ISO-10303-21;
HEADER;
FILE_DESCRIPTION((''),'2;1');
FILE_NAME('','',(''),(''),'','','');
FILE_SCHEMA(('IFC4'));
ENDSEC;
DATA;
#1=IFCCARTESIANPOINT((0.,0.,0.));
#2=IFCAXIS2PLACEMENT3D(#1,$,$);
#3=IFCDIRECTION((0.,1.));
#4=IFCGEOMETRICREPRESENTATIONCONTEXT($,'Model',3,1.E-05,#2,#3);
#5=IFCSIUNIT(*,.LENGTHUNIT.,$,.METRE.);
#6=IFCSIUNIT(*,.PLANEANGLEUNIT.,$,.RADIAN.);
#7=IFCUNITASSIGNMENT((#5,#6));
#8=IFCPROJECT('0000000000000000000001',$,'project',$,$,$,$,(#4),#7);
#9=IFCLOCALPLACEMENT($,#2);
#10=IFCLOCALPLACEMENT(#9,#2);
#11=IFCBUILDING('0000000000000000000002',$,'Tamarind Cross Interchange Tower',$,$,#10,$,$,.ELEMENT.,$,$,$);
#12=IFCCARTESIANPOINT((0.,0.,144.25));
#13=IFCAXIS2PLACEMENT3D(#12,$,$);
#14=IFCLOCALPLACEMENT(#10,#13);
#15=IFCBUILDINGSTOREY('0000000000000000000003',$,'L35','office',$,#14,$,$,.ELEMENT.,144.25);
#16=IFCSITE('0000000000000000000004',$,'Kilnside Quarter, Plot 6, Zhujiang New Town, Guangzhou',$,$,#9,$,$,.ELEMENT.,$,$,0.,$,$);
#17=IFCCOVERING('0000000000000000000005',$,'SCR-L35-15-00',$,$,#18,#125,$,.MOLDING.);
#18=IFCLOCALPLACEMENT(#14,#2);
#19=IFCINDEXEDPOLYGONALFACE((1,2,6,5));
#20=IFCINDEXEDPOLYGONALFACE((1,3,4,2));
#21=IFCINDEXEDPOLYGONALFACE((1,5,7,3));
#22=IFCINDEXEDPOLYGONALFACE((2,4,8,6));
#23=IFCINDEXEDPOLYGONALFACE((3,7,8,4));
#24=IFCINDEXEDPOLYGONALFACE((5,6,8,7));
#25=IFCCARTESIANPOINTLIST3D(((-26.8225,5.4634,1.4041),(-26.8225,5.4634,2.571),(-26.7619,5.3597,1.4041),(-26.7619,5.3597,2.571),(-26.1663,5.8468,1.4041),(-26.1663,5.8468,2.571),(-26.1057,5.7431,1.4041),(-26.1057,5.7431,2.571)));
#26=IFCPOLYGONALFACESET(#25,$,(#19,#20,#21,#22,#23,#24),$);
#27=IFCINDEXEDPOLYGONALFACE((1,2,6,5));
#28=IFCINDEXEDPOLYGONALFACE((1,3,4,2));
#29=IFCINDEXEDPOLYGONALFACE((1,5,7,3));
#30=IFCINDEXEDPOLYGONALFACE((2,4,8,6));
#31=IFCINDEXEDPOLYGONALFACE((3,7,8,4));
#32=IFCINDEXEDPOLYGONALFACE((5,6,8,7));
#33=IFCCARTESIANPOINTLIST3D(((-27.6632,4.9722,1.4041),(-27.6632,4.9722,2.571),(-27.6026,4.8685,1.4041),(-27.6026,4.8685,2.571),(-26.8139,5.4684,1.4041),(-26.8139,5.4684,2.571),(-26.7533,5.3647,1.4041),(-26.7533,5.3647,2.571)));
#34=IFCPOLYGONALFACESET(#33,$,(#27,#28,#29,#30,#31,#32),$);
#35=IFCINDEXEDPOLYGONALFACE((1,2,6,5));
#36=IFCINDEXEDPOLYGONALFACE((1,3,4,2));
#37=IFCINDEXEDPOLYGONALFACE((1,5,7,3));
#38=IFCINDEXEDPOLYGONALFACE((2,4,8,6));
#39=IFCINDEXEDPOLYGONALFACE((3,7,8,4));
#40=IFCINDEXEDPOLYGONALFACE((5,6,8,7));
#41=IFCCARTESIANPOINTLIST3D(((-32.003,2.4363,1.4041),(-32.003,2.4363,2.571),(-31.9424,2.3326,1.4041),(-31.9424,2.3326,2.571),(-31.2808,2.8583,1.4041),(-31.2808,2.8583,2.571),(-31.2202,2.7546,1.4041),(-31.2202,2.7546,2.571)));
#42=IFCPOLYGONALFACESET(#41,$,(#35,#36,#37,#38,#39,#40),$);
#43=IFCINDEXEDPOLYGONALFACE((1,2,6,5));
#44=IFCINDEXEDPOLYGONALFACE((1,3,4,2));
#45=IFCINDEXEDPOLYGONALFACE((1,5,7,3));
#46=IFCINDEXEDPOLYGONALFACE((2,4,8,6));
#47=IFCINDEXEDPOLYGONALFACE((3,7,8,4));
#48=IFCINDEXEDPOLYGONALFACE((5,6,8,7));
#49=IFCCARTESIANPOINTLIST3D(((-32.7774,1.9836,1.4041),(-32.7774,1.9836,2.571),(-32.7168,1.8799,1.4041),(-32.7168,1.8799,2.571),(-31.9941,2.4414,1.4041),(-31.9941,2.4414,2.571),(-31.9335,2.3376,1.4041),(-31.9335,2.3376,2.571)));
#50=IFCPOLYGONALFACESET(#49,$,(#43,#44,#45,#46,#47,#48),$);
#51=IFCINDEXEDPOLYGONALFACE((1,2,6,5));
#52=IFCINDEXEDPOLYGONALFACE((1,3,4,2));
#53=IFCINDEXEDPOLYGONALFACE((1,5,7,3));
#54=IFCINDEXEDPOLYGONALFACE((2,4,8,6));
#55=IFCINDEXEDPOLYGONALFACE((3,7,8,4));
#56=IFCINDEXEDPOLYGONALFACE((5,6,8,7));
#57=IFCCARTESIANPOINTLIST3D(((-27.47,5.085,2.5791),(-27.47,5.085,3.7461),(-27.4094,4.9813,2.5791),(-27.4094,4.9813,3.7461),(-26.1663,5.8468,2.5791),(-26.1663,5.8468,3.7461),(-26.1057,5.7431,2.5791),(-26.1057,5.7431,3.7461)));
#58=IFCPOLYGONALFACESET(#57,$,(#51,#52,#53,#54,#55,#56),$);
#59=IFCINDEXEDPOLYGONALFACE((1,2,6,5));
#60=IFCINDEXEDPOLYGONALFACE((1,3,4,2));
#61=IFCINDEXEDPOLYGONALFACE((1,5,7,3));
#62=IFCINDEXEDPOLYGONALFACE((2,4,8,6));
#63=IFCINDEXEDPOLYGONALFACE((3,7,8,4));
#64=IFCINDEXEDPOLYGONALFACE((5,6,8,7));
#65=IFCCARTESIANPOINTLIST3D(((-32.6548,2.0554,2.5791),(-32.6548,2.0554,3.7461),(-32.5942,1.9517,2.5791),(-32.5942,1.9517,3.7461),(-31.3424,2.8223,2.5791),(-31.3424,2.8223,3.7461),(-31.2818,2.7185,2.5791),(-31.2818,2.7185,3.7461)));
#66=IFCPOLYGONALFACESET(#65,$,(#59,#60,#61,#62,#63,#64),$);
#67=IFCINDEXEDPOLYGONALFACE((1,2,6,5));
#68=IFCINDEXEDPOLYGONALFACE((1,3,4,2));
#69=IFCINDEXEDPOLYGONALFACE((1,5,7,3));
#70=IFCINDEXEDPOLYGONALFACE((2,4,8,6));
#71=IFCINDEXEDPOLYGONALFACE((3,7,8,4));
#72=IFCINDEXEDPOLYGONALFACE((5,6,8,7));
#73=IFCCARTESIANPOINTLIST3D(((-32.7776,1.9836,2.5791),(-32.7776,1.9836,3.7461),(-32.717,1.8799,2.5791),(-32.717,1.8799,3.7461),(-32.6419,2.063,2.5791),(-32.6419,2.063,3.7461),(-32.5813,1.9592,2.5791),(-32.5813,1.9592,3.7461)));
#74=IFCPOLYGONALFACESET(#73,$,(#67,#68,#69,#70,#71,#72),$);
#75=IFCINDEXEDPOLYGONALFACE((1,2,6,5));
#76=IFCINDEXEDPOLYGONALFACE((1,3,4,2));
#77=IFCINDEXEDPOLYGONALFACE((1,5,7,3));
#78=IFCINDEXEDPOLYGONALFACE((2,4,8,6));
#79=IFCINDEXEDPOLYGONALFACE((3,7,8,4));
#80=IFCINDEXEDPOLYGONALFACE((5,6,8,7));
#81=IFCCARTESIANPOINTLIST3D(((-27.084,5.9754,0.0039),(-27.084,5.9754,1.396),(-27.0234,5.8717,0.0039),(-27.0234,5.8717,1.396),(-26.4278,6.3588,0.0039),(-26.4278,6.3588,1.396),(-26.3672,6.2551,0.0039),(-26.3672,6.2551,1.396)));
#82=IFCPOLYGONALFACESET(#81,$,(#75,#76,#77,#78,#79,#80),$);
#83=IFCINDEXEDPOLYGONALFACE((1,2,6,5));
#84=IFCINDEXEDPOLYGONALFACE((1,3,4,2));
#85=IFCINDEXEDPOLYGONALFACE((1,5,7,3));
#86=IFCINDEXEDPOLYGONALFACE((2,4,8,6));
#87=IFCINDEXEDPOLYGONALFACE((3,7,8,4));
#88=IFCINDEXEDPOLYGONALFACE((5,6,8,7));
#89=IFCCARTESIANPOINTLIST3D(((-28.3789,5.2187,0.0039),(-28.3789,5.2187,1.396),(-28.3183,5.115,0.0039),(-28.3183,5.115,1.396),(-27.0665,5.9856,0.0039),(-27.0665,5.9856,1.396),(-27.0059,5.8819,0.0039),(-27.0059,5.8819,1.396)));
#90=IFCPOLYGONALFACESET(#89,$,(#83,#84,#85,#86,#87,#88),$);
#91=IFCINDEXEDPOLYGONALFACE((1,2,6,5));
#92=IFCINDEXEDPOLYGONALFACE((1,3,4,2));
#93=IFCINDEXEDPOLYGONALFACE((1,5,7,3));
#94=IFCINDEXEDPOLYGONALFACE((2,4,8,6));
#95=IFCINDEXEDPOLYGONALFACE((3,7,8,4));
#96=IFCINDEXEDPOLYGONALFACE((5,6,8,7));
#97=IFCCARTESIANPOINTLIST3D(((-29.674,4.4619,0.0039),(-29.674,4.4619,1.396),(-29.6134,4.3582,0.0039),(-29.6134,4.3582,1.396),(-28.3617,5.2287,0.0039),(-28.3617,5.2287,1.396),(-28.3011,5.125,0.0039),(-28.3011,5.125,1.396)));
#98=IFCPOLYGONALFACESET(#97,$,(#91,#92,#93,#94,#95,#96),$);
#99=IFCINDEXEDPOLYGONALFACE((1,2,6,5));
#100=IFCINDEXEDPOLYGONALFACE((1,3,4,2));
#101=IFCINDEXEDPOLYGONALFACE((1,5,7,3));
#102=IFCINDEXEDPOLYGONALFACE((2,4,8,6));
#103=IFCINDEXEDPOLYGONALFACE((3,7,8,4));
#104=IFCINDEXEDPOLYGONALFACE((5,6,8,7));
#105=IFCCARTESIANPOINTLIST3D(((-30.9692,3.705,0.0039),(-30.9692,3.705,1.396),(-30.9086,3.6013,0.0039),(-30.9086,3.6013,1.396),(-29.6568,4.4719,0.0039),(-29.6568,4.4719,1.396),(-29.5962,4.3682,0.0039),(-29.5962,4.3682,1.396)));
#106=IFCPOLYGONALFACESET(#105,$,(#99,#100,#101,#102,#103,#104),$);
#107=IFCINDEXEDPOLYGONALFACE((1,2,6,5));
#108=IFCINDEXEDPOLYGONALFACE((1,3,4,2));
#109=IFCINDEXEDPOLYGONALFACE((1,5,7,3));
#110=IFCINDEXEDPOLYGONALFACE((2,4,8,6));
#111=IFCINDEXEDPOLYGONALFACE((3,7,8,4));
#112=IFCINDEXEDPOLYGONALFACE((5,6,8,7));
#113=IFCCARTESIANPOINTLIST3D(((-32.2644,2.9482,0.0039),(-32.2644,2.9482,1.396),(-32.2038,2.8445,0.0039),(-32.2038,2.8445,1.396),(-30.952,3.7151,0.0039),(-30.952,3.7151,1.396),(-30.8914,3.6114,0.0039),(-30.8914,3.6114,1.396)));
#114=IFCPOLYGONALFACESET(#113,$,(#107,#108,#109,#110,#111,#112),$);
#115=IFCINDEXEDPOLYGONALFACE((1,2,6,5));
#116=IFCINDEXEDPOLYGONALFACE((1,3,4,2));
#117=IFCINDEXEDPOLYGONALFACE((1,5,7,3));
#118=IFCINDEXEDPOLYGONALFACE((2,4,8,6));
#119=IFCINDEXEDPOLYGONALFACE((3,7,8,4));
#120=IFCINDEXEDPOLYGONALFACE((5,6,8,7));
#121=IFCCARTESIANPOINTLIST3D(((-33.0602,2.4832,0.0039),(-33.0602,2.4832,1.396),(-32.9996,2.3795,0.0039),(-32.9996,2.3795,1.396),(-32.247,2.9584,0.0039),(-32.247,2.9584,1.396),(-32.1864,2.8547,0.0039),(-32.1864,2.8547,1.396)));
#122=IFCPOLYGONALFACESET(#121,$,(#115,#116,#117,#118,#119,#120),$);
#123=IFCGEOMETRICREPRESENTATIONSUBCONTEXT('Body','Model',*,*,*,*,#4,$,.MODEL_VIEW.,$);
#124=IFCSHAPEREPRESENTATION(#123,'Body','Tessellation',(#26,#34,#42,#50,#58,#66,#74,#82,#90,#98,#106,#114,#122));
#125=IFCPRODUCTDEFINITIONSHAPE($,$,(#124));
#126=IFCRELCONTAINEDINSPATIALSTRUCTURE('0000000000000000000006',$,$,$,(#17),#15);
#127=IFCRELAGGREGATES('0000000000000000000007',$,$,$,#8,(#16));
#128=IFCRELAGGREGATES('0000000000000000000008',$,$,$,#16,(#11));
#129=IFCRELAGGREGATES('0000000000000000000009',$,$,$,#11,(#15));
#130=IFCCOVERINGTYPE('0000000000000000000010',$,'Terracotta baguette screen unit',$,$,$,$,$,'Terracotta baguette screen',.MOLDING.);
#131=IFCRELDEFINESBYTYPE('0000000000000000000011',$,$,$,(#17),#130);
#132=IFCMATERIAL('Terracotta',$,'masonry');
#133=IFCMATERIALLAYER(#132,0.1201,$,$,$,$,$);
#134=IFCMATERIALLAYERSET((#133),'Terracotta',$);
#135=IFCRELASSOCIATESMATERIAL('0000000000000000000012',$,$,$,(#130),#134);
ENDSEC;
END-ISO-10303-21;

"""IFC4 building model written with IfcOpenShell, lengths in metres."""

from ifc_helpers import new_model, si_unit, direction, frame, origin, origin_2d, place, context, subcontext, project, spatial, rectangle, extrude, material, layer, layer_set, type_object, element, save


model = new_model("IFC4")

# Units and contexts
model_context = context("Model", 3, precision=1e-05, world=origin(), true_north=direction((0.0, 1.0)))
body_context = subcontext(model_context, "Body", "Model", "MODEL_VIEW")
ifc_project = project(units=[si_unit("LENGTHUNIT", "METRE"), si_unit("PLANEANGLEUNIT", "RADIAN")], contexts=[model_context])

# Site, building, storey
site_placement = place(None, origin())
site = spatial("IfcSite", under=ifc_project, at=site_placement, Name="Kilnside Quarter, Plot 6, Zhujiang New Town, Guangzhou", CompositionType="ELEMENT", RefElevation=0.0)
building_placement = place(site_placement, origin())
building = spatial("IfcBuilding", under=site, at=building_placement, Name="Tamarind Cross Interchange Tower", CompositionType="ELEMENT")
storey_placement = place(building_placement, frame((0.0, 0.0, 144.25)))
storey = spatial("IfcBuildingStorey", under=building, at=storey_placement, Name="L35", Description="office", CompositionType="ELEMENT", Elevation=144.25)

# Covering
ifc_material_1 = material(Name="Terracotta", Category="masonry")
ifc_layer_1 = layer(ifc_material_1, 0.1201)
ifc_layer_set_1 = layer_set([ifc_layer_1], Name="Terracotta")
covering_type = type_object("IfcCoveringType", Name="Terracotta baguette screen unit", ElementType="Terracotta baguette screen", PredefinedType="MOLDING", material=ifc_layer_set_1)
covering_1_placement = place(storey_placement, origin())
element("IfcCovering", 1, at=covering_1_placement, inside=storey, type_object=covering_type, Name="SCR-L35-15-00", PredefinedType="MOLDING", context=body_context, shape_type="SweptSolid", body=[
    extrude(rectangle(XDim=0.76, YDim=0.1201, at=origin_2d()), frame((-26.4641, 5.6033, 1.4041), z_axis=(0.0, 0.0, 1.0), x_axis=(-0.863403, -0.504516, 0.0)), (0.0, 0.0, 1.0), 1.167),
    extrude(rectangle(XDim=0.9836, YDim=0.1201, at=origin_2d()), frame((-27.2083, 5.1685, 1.4041), z_axis=(0.0, 0.0, 1.0), x_axis=(-0.863403, -0.504516, 0.0)), (0.0, 0.0, 1.0), 1.167),
    extrude(rectangle(XDim=0.8364, YDim=0.1201, at=origin_2d()), frame((-31.6116, 2.5955, 1.4041), z_axis=(0.0, 0.0, 1.0), x_axis=(-0.863403, -0.504516, 0.0)), (0.0, 0.0, 1.0), 1.167),
    extrude(rectangle(XDim=0.9072, YDim=0.1201, at=origin_2d()), frame((-32.3555, 2.1606, 1.4041), z_axis=(0.0, 0.0, 1.0), x_axis=(-0.863403, -0.504516, 0.0)), (0.0, 0.0, 1.0), 1.167),
    extrude(rectangle(XDim=1.51, YDim=0.1201, at=origin_2d()), frame((-26.7878, 5.4141, 2.5791), z_axis=(0.0, 0.0, 1.0), x_axis=(-0.863403, -0.504516, 0.0)), (0.0, 0.0, 1.0), 1.167),
    extrude(rectangle(XDim=1.52, YDim=0.1201, at=origin_2d()), frame((-31.9683, 2.387, 2.5791), z_axis=(0.0, 0.0, 1.0), x_axis=(-0.863403, -0.504516, 0.0)), (0.0, 0.0, 1.0), 1.167),
    extrude(rectangle(XDim=0.1572, YDim=0.1201, at=origin_2d()), frame((-32.6794, 1.9714, 2.5791), z_axis=(0.0, 0.0, 1.0), x_axis=(-0.863403, -0.504516, 0.0)), (0.0, 0.0, 1.0), 1.167),
    extrude(rectangle(XDim=0.76, YDim=0.1201, at=origin_2d()), frame((-26.7256, 6.1152, 0.0039), z_axis=(0.0, 0.0, 1.0), x_axis=(-0.863403, -0.504516, 0.0)), (0.0, 0.0, 1.0), 1.3921),
    extrude(rectangle(XDim=1.52, YDim=0.1201, at=origin_2d()), frame((-27.6924, 5.5503, 0.0039), z_axis=(0.0, 0.0, 1.0), x_axis=(-0.863403, -0.504516, 0.0)), (0.0, 0.0, 1.0), 1.3921),
    extrude(rectangle(XDim=1.52, YDim=0.1201, at=origin_2d()), frame((-28.9875, 4.7935, 0.0039), z_axis=(0.0, 0.0, 1.0), x_axis=(-0.863403, -0.504516, 0.0)), (0.0, 0.0, 1.0), 1.3921),
    extrude(rectangle(XDim=1.52, YDim=0.1201, at=origin_2d()), frame((-30.2827, 4.0366, 0.0039), z_axis=(0.0, 0.0, 1.0), x_axis=(-0.863403, -0.504516, 0.0)), (0.0, 0.0, 1.0), 1.3921),
    extrude(rectangle(XDim=1.52, YDim=0.1201, at=origin_2d()), frame((-31.5779, 3.2798, 0.0039), z_axis=(0.0, 0.0, 1.0), x_axis=(-0.863403, -0.504516, 0.0)), (0.0, 0.0, 1.0), 1.3921),
    extrude(rectangle(XDim=0.9419, YDim=0.1201, at=origin_2d()), frame((-32.6233, 2.6689, 0.0039), z_axis=(0.0, 0.0, 1.0), x_axis=(-0.863403, -0.504516, 0.0)), (0.0, 0.0, 1.0), 1.3921),
])

save(model, "model.ifc")
